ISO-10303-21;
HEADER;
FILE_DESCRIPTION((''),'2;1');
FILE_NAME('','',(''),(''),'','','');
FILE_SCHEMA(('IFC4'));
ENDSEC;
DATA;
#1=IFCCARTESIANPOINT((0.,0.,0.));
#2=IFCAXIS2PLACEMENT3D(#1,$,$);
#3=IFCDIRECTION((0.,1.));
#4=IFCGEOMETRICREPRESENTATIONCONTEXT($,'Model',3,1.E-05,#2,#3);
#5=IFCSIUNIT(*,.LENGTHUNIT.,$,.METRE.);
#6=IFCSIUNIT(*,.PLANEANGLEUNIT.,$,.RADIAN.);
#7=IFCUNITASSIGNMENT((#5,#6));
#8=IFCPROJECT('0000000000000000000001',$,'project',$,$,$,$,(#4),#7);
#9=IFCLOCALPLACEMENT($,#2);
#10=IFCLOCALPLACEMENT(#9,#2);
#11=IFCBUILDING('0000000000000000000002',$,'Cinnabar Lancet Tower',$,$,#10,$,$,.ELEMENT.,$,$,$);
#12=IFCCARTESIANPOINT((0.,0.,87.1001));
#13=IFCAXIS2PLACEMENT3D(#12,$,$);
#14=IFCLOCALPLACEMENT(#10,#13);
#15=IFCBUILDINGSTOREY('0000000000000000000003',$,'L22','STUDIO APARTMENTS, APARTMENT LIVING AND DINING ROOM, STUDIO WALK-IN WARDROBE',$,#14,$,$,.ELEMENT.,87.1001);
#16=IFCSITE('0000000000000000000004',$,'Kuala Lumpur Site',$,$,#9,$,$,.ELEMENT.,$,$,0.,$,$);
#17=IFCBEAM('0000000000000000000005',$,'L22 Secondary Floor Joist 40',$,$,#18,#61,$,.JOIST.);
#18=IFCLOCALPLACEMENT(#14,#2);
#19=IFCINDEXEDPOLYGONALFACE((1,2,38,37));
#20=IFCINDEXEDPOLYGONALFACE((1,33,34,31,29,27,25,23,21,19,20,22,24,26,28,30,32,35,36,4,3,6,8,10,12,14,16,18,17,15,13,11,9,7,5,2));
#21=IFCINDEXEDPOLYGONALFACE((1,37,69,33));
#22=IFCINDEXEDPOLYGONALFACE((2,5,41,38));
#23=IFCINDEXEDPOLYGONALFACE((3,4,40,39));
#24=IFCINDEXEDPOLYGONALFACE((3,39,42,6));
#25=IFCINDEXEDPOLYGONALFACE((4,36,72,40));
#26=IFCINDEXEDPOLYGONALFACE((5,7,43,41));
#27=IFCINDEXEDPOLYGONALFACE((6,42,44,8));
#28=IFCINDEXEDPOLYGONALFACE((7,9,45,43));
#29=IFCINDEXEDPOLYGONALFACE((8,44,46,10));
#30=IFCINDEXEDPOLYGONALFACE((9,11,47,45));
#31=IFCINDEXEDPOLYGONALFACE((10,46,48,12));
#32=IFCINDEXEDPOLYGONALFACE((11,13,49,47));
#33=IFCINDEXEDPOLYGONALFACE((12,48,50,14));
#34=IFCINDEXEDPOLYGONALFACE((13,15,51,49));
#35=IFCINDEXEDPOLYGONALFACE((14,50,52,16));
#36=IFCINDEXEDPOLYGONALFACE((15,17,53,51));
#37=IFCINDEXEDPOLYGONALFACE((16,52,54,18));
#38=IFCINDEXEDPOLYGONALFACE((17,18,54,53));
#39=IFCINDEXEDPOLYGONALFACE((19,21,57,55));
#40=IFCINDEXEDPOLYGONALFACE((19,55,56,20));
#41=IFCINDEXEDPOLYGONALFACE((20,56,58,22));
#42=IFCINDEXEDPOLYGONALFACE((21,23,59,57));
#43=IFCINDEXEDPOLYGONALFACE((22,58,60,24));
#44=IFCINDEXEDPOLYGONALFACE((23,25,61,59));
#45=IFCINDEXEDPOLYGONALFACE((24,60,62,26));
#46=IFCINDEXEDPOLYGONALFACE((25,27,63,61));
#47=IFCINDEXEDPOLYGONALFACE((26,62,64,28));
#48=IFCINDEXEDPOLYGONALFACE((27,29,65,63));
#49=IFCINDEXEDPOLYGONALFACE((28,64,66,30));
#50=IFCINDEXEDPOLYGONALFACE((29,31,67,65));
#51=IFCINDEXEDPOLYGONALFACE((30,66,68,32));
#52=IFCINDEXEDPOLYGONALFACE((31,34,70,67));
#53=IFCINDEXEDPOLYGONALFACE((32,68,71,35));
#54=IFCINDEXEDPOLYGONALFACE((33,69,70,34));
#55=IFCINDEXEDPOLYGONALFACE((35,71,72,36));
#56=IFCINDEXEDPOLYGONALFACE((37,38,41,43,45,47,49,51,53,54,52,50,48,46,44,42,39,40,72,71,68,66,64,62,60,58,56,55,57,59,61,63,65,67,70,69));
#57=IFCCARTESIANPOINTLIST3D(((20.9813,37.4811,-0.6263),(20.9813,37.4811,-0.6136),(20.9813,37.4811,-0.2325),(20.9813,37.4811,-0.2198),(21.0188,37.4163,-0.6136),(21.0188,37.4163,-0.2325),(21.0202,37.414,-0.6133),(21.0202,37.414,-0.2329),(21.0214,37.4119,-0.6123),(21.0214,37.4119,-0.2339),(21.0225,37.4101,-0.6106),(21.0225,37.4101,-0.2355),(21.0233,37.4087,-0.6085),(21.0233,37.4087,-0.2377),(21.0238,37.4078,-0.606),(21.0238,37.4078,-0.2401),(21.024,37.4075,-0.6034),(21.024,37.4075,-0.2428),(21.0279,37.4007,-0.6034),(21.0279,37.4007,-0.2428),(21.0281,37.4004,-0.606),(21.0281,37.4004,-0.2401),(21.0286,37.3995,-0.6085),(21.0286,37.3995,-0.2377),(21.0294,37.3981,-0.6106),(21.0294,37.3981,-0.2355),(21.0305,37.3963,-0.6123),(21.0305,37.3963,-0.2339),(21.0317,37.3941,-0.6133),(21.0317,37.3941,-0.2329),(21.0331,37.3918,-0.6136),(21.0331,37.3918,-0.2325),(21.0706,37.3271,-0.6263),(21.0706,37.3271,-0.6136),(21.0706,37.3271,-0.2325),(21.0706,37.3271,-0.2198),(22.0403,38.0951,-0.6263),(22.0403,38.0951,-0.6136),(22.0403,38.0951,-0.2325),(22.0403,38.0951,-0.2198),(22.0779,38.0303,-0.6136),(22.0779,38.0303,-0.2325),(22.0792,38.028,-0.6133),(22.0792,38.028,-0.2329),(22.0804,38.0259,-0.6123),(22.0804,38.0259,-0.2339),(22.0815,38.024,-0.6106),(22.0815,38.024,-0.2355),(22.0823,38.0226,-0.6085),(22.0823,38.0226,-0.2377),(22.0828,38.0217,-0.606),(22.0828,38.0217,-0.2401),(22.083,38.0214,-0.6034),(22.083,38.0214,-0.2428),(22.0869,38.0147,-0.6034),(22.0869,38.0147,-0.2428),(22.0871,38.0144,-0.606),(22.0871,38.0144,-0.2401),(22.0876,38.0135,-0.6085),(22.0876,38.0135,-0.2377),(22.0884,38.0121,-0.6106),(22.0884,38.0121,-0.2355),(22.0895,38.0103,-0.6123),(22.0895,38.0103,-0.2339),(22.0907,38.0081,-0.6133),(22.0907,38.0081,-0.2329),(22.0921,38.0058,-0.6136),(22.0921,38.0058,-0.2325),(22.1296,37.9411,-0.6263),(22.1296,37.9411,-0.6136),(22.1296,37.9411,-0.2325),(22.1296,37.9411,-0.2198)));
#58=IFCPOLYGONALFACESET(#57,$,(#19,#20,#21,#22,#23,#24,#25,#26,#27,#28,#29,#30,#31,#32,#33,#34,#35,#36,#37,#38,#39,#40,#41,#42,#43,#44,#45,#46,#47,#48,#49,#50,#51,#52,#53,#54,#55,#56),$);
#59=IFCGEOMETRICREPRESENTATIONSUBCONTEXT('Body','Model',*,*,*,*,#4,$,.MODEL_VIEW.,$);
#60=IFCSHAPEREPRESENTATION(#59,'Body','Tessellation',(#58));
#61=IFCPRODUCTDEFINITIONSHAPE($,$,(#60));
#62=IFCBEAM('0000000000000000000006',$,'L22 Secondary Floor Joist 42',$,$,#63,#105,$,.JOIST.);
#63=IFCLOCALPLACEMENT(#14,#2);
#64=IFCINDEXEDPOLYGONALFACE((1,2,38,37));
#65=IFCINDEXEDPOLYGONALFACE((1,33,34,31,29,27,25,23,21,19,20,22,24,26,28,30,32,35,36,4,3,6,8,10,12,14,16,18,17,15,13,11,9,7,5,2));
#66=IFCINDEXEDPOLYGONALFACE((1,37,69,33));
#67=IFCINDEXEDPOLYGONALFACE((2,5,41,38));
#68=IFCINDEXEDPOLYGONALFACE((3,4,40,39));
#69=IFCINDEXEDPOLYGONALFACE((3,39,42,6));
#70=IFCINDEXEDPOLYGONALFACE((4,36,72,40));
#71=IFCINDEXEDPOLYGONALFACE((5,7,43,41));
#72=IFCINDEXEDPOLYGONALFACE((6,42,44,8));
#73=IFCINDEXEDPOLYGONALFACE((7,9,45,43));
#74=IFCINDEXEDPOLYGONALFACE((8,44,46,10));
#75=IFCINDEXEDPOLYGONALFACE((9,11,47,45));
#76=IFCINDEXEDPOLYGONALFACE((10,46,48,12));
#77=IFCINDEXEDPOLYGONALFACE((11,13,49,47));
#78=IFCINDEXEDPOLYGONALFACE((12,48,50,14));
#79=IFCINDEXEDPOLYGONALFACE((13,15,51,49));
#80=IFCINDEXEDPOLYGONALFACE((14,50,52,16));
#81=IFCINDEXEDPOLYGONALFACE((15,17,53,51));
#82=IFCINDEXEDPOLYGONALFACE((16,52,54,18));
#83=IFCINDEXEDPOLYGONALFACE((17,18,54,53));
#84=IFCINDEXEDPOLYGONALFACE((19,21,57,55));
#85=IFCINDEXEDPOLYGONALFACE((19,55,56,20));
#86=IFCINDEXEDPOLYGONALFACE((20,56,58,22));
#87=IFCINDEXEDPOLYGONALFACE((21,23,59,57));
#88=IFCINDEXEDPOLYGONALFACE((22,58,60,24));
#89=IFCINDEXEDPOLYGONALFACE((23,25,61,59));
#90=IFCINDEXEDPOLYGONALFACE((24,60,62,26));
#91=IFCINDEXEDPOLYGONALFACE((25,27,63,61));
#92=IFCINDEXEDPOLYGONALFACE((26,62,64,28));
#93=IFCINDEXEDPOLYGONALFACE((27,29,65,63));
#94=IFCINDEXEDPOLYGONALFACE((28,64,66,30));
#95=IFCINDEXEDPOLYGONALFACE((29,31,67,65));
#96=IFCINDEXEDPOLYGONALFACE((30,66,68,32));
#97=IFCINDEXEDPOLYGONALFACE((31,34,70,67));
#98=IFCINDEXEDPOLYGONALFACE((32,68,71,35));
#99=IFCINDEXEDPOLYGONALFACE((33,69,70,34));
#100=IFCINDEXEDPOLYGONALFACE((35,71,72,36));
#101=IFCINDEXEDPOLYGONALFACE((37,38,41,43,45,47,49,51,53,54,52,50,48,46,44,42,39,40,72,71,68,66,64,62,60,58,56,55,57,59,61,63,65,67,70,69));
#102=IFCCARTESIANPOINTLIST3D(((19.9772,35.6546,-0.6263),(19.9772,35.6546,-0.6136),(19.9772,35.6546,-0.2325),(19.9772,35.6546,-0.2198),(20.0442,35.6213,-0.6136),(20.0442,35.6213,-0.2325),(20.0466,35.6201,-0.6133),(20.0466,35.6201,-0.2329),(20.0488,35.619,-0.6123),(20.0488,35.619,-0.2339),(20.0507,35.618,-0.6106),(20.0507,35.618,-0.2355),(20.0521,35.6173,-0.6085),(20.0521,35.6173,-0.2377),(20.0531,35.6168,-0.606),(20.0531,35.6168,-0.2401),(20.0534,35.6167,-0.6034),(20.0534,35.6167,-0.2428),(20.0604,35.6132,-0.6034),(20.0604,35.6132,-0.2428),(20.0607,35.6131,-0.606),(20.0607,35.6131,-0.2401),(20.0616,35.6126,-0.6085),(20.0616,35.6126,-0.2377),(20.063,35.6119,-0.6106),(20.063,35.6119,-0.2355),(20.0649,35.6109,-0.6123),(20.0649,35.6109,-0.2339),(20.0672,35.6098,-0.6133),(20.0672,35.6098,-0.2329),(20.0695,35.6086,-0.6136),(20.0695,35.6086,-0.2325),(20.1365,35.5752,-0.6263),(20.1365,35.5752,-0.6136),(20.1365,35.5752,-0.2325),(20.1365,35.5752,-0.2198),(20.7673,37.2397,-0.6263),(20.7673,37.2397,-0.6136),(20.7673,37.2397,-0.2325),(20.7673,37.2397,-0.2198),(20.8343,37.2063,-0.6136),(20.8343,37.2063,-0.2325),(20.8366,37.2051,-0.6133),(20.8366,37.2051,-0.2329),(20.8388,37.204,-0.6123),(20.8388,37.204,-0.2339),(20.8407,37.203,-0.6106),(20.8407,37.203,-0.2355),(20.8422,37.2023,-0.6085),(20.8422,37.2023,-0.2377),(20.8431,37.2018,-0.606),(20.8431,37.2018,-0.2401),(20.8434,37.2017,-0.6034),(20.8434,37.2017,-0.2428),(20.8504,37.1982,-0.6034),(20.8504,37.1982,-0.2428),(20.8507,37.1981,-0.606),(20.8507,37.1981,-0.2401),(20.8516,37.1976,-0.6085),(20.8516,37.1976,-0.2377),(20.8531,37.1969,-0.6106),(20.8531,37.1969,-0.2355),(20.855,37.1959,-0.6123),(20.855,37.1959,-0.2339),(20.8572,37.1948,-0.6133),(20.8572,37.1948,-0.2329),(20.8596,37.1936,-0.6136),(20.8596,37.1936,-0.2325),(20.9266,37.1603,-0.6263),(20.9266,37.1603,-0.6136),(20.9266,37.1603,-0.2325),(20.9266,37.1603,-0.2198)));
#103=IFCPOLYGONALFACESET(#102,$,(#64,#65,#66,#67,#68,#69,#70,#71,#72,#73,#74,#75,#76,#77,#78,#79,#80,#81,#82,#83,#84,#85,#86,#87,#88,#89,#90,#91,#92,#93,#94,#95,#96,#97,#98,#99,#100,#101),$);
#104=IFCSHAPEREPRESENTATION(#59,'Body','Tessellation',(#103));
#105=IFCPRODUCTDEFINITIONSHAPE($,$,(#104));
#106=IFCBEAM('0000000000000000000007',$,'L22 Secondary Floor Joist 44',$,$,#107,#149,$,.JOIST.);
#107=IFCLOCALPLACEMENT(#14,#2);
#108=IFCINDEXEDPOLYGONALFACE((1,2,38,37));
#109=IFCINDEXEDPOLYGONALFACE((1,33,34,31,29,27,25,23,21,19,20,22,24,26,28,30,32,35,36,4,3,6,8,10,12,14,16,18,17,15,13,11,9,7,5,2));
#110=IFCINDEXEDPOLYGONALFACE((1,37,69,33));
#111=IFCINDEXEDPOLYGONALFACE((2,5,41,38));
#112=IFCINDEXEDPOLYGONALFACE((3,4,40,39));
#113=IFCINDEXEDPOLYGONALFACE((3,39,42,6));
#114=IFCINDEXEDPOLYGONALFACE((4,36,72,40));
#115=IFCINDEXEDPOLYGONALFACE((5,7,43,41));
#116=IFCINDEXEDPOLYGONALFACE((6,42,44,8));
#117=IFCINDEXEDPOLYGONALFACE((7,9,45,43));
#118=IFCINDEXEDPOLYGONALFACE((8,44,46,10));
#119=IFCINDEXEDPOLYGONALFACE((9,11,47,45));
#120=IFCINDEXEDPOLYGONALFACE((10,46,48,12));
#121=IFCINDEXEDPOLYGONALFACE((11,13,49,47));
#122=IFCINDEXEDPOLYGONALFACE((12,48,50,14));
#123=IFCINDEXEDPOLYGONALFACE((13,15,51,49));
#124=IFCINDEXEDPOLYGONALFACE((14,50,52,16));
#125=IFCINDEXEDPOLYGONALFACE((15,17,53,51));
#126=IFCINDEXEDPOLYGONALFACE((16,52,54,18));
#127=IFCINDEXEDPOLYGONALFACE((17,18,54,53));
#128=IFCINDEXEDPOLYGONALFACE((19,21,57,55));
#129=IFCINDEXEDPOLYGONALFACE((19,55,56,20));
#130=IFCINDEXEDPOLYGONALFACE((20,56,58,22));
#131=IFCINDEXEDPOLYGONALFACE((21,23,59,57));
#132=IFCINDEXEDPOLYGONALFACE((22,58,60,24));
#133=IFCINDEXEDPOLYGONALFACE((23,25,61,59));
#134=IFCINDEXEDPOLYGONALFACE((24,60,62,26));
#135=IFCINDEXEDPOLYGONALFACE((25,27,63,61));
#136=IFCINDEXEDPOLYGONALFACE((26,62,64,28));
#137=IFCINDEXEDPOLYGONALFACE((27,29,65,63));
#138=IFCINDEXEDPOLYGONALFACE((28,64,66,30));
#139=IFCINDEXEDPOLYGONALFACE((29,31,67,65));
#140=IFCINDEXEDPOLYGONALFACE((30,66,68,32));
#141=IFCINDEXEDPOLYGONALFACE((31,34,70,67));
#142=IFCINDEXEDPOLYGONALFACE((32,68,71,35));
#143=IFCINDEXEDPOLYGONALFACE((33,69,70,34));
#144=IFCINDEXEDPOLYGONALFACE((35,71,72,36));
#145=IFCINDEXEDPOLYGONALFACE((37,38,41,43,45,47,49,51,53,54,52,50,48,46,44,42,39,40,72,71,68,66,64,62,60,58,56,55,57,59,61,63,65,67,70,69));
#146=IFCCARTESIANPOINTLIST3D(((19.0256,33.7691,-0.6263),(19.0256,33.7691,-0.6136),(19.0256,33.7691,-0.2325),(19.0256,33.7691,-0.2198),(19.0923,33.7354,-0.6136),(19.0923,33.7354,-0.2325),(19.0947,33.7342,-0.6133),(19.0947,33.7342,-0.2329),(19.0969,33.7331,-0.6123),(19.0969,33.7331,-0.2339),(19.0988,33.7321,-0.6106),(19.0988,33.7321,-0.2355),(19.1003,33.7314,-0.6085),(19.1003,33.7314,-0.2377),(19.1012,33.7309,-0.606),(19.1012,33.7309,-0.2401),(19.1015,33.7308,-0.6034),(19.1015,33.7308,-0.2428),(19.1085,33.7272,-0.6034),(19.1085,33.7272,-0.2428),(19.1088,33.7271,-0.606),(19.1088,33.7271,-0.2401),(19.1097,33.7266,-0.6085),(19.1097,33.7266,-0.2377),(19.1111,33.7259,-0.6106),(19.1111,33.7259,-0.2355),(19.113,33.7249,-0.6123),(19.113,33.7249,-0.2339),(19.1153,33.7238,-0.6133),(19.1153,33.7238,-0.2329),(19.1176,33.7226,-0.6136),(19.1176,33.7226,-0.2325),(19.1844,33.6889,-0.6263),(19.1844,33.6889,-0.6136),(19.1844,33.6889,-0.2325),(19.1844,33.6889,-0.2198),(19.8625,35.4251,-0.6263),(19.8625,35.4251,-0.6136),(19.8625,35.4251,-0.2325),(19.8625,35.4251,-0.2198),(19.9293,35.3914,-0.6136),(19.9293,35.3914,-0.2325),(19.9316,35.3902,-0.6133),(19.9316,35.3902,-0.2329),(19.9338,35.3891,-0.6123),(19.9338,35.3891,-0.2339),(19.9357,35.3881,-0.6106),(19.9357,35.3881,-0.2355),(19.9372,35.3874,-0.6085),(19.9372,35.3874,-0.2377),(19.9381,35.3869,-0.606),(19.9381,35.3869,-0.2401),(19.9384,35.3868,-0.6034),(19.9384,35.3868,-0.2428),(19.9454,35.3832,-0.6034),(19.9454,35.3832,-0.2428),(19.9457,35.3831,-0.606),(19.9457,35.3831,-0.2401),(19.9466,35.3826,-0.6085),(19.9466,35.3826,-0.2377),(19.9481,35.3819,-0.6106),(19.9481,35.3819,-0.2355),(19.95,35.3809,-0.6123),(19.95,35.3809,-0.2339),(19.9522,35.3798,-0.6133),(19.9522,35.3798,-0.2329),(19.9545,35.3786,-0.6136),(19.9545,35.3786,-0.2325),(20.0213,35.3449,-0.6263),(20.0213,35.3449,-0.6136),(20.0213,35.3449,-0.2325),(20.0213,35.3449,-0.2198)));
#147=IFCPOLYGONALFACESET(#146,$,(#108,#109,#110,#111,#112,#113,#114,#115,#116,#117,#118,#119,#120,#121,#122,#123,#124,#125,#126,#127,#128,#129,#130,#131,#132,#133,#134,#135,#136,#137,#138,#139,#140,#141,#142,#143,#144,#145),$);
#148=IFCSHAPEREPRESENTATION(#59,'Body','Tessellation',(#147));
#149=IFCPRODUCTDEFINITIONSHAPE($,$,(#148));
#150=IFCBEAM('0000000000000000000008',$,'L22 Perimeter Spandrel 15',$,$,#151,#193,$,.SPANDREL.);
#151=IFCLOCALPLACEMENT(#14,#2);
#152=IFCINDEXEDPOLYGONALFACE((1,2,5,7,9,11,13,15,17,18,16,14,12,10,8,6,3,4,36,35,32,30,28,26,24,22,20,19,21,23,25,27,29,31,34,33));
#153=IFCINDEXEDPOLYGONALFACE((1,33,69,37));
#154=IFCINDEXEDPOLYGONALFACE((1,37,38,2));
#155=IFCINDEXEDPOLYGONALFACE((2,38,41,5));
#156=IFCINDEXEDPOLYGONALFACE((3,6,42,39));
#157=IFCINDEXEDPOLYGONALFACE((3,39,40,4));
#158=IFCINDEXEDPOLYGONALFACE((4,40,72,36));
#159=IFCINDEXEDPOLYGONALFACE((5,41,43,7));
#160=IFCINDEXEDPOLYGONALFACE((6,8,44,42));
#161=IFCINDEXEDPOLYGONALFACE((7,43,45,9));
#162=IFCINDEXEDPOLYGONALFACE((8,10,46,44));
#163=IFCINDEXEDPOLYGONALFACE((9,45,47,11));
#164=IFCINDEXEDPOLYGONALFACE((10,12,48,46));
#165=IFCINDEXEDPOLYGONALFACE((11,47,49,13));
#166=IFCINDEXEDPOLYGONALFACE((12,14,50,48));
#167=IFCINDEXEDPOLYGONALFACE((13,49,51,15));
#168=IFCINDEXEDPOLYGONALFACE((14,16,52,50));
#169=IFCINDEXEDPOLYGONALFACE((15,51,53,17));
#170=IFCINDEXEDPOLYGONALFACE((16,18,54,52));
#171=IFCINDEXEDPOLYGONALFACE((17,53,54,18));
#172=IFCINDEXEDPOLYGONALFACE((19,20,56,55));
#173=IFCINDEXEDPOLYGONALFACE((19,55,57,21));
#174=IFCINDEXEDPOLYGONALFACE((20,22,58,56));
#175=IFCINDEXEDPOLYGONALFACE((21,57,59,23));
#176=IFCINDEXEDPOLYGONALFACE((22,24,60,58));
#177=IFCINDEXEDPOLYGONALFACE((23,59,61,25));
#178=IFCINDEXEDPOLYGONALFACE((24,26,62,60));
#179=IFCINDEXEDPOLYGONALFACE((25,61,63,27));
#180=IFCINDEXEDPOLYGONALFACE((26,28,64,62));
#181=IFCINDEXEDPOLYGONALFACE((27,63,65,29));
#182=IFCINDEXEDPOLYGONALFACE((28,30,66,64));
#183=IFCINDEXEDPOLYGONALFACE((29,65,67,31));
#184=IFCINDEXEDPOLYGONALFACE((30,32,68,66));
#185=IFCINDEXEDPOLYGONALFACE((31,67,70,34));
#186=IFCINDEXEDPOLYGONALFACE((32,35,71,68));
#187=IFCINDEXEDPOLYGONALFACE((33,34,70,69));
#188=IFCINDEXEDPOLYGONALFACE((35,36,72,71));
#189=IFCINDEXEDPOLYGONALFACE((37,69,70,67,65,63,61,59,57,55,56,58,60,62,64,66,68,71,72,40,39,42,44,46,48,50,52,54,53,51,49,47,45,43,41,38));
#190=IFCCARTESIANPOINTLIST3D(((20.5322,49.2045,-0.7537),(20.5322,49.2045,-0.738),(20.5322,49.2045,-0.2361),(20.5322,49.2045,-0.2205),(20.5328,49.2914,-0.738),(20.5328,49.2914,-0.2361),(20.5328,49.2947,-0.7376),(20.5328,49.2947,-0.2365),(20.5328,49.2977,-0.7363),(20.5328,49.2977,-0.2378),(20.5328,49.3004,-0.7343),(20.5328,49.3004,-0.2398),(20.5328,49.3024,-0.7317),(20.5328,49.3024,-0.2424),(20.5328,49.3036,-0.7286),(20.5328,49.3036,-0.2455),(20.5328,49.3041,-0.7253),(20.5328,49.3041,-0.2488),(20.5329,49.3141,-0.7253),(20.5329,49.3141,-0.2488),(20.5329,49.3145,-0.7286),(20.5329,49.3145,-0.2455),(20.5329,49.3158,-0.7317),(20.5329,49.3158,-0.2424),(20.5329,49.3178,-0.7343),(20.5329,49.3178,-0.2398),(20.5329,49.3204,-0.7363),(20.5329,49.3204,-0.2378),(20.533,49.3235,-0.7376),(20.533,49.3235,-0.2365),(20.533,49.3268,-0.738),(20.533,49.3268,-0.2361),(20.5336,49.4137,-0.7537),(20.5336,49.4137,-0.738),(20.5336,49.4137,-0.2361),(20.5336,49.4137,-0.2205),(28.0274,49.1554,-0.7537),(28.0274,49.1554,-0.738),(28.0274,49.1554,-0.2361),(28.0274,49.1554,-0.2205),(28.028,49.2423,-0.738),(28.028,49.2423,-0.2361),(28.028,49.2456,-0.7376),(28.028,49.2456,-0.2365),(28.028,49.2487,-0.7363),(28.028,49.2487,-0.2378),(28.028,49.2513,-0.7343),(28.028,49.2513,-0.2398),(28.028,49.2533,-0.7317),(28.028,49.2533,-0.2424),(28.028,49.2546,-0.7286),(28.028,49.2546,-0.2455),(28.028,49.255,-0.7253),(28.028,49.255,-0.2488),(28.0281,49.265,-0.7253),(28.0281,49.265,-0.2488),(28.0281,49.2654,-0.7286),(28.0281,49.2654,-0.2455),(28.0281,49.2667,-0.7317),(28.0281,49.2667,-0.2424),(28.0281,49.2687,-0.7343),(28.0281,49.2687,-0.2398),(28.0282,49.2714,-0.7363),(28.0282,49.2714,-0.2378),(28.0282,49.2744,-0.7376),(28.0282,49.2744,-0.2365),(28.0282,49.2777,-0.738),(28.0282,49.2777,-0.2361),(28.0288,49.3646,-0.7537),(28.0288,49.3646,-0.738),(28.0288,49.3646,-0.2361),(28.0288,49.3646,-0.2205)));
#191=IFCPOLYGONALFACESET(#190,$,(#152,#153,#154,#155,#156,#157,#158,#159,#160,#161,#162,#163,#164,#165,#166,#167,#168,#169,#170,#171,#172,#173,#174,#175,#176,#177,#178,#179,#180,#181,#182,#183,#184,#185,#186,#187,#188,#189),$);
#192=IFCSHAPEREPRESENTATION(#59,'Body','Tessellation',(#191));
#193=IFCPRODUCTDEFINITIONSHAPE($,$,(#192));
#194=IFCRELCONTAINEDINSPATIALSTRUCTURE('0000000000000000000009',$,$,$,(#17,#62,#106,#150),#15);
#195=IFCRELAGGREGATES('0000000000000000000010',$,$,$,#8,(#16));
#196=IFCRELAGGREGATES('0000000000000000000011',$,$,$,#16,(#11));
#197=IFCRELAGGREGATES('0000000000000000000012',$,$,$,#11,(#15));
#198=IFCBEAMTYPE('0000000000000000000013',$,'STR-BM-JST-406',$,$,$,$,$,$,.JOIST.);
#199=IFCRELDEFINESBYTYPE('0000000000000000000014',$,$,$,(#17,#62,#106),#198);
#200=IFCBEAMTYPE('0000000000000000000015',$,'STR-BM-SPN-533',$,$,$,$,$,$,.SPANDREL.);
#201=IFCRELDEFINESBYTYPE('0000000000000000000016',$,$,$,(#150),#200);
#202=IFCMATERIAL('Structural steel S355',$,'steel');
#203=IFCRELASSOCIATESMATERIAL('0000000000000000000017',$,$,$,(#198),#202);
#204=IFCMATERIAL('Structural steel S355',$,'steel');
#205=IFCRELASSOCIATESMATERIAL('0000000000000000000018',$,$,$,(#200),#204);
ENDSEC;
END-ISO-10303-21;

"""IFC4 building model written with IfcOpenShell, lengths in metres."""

from ifc_helpers import new_model, si_unit, direction, frame, origin, origin_2d, place, context, subcontext, project, spatial, i_section, extrude, material, material_profile, profile_set, type_object, element, save


model = new_model("IFC4")

# Units and contexts
model_context = context("Model", 3, precision=1e-05, world=origin(), true_north=direction((0.0, 1.0)))
body_context = subcontext(model_context, "Body", "Model", "MODEL_VIEW")
ifc_project = project(units=[si_unit("LENGTHUNIT", "METRE"), si_unit("PLANEANGLEUNIT", "RADIAN")], contexts=[model_context])

# Site, building, storey
site_placement = place(None, origin())
site = spatial("IfcSite", under=ifc_project, at=site_placement, Name="Kuala Lumpur Site", CompositionType="ELEMENT", RefElevation=0.0)
building_placement = place(site_placement, origin())
building = spatial("IfcBuilding", under=site, at=building_placement, Name="Cinnabar Lancet Tower", CompositionType="ELEMENT")
storey_placement = place(building_placement, frame((0.0, 0.0, 87.1001)))
storey = spatial("IfcBuildingStorey", under=building, at=storey_placement, Name="L22", Description="STUDIO APARTMENTS, APARTMENT LIVING AND DINING ROOM, STUDIO WALK-IN WARDROBE", CompositionType="ELEMENT", Elevation=87.1001)

# Beams
ifc_material_1 = material(Name="Structural steel S355", Category="steel")
ifc_material_profile_1 = material_profile(ifc_material_1, i_section(OverallWidth=0.178, OverallDepth=0.4065, WebThickness=0.0078, FlangeThickness=0.0127, FilletRadius=0.0103, at=origin_2d()), Name="UKB 406x178x60")
ifc_profile_set_1 = profile_set([ifc_material_profile_1], Name="Structural steel S355")
beam_type_1 = type_object("IfcBeamType", Name="STR-BM-JST-406", PredefinedType="JOIST", material=ifc_profile_set_1)
beam_1_placement = place(storey_placement, frame((22.085, 38.0181, -0.4231), z_axis=(-0.865121, -0.501563, 0.0), x_axis=(0.501563, -0.865121, 0.0)))
element("IfcBeam", 1, at=beam_1_placement, inside=storey, type_object=beam_type_1, Name="L22 Secondary Floor Joist 40", PredefinedType="JOIST", context=body_context, shape_type="SweptSolid", body=[
    extrude(i_section(OverallWidth=0.178, OverallDepth=0.4065, WebThickness=0.0078, FlangeThickness=0.0127, FilletRadius=0.0103, at=origin_2d()), origin(), (0.0, 0.0, 1.0), 1.2241),
])
beam_2_placement = place(storey_placement, frame((20.8469, 37.2, -0.4231), z_axis=(-0.44611, -0.894978, 0.0), x_axis=(0.894978, -0.44611, 0.0)))
element("IfcBeam", 2, at=beam_2_placement, inside=storey, type_object=beam_type_1, Name="L22 Secondary Floor Joist 42", PredefinedType="JOIST", context=body_context, shape_type="SweptSolid", body=[
    extrude(i_section(OverallWidth=0.178, OverallDepth=0.4065, WebThickness=0.0078, FlangeThickness=0.0127, FilletRadius=0.0103, at=origin_2d()), origin(), (0.0, 0.0, 1.0), 1.771),
])
beam_3_placement = place(storey_placement, frame((19.9419, 35.385, -0.4231), z_axis=(-0.451052, -0.892498, 0.0), x_axis=(0.892498, -0.451052, 0.0)))
element("IfcBeam", 3, at=beam_3_placement, inside=storey, type_object=beam_type_1, Name="L22 Secondary Floor Joist 44", PredefinedType="JOIST", context=body_context, shape_type="SweptSolid", body=[
    extrude(i_section(OverallWidth=0.178, OverallDepth=0.4065, WebThickness=0.0078, FlangeThickness=0.0127, FilletRadius=0.0103, at=origin_2d()), origin(), (0.0, 0.0, 1.0), 1.8555),
])
ifc_material_2 = material(Name="Structural steel S355", Category="steel")
ifc_material_profile_2 = material_profile(ifc_material_2, i_section(OverallWidth=0.2092, OverallDepth=0.5332, WebThickness=0.01, FlangeThickness=0.0156, FilletRadius=0.0127, at=origin_2d()), Name="UKB 533x210x92")
ifc_profile_set_2 = profile_set([ifc_material_profile_2], Name="Structural steel S355")
beam_type_2 = type_object("IfcBeamType", Name="STR-BM-SPN-533", PredefinedType="SPANDREL", material=ifc_profile_set_2)
beam_4_placement = place(storey_placement, frame((28.0281, 49.26, -0.4871), z_axis=(-0.999979, 0.006547, 0.0), x_axis=(-0.006547, -0.999979, 0.0)))
element("IfcBeam", 4, at=beam_4_placement, inside=storey, type_object=beam_type_2, Name="L22 Perimeter Spandrel 15", PredefinedType="SPANDREL", context=body_context, shape_type="SweptSolid", body=[
    extrude(i_section(OverallWidth=0.2092, OverallDepth=0.5332, WebThickness=0.01, FlangeThickness=0.0156, FilletRadius=0.0127, at=origin_2d()), origin(), (0.0, 0.0, 1.0), 7.4954),
])

save(model, "model.ifc")
